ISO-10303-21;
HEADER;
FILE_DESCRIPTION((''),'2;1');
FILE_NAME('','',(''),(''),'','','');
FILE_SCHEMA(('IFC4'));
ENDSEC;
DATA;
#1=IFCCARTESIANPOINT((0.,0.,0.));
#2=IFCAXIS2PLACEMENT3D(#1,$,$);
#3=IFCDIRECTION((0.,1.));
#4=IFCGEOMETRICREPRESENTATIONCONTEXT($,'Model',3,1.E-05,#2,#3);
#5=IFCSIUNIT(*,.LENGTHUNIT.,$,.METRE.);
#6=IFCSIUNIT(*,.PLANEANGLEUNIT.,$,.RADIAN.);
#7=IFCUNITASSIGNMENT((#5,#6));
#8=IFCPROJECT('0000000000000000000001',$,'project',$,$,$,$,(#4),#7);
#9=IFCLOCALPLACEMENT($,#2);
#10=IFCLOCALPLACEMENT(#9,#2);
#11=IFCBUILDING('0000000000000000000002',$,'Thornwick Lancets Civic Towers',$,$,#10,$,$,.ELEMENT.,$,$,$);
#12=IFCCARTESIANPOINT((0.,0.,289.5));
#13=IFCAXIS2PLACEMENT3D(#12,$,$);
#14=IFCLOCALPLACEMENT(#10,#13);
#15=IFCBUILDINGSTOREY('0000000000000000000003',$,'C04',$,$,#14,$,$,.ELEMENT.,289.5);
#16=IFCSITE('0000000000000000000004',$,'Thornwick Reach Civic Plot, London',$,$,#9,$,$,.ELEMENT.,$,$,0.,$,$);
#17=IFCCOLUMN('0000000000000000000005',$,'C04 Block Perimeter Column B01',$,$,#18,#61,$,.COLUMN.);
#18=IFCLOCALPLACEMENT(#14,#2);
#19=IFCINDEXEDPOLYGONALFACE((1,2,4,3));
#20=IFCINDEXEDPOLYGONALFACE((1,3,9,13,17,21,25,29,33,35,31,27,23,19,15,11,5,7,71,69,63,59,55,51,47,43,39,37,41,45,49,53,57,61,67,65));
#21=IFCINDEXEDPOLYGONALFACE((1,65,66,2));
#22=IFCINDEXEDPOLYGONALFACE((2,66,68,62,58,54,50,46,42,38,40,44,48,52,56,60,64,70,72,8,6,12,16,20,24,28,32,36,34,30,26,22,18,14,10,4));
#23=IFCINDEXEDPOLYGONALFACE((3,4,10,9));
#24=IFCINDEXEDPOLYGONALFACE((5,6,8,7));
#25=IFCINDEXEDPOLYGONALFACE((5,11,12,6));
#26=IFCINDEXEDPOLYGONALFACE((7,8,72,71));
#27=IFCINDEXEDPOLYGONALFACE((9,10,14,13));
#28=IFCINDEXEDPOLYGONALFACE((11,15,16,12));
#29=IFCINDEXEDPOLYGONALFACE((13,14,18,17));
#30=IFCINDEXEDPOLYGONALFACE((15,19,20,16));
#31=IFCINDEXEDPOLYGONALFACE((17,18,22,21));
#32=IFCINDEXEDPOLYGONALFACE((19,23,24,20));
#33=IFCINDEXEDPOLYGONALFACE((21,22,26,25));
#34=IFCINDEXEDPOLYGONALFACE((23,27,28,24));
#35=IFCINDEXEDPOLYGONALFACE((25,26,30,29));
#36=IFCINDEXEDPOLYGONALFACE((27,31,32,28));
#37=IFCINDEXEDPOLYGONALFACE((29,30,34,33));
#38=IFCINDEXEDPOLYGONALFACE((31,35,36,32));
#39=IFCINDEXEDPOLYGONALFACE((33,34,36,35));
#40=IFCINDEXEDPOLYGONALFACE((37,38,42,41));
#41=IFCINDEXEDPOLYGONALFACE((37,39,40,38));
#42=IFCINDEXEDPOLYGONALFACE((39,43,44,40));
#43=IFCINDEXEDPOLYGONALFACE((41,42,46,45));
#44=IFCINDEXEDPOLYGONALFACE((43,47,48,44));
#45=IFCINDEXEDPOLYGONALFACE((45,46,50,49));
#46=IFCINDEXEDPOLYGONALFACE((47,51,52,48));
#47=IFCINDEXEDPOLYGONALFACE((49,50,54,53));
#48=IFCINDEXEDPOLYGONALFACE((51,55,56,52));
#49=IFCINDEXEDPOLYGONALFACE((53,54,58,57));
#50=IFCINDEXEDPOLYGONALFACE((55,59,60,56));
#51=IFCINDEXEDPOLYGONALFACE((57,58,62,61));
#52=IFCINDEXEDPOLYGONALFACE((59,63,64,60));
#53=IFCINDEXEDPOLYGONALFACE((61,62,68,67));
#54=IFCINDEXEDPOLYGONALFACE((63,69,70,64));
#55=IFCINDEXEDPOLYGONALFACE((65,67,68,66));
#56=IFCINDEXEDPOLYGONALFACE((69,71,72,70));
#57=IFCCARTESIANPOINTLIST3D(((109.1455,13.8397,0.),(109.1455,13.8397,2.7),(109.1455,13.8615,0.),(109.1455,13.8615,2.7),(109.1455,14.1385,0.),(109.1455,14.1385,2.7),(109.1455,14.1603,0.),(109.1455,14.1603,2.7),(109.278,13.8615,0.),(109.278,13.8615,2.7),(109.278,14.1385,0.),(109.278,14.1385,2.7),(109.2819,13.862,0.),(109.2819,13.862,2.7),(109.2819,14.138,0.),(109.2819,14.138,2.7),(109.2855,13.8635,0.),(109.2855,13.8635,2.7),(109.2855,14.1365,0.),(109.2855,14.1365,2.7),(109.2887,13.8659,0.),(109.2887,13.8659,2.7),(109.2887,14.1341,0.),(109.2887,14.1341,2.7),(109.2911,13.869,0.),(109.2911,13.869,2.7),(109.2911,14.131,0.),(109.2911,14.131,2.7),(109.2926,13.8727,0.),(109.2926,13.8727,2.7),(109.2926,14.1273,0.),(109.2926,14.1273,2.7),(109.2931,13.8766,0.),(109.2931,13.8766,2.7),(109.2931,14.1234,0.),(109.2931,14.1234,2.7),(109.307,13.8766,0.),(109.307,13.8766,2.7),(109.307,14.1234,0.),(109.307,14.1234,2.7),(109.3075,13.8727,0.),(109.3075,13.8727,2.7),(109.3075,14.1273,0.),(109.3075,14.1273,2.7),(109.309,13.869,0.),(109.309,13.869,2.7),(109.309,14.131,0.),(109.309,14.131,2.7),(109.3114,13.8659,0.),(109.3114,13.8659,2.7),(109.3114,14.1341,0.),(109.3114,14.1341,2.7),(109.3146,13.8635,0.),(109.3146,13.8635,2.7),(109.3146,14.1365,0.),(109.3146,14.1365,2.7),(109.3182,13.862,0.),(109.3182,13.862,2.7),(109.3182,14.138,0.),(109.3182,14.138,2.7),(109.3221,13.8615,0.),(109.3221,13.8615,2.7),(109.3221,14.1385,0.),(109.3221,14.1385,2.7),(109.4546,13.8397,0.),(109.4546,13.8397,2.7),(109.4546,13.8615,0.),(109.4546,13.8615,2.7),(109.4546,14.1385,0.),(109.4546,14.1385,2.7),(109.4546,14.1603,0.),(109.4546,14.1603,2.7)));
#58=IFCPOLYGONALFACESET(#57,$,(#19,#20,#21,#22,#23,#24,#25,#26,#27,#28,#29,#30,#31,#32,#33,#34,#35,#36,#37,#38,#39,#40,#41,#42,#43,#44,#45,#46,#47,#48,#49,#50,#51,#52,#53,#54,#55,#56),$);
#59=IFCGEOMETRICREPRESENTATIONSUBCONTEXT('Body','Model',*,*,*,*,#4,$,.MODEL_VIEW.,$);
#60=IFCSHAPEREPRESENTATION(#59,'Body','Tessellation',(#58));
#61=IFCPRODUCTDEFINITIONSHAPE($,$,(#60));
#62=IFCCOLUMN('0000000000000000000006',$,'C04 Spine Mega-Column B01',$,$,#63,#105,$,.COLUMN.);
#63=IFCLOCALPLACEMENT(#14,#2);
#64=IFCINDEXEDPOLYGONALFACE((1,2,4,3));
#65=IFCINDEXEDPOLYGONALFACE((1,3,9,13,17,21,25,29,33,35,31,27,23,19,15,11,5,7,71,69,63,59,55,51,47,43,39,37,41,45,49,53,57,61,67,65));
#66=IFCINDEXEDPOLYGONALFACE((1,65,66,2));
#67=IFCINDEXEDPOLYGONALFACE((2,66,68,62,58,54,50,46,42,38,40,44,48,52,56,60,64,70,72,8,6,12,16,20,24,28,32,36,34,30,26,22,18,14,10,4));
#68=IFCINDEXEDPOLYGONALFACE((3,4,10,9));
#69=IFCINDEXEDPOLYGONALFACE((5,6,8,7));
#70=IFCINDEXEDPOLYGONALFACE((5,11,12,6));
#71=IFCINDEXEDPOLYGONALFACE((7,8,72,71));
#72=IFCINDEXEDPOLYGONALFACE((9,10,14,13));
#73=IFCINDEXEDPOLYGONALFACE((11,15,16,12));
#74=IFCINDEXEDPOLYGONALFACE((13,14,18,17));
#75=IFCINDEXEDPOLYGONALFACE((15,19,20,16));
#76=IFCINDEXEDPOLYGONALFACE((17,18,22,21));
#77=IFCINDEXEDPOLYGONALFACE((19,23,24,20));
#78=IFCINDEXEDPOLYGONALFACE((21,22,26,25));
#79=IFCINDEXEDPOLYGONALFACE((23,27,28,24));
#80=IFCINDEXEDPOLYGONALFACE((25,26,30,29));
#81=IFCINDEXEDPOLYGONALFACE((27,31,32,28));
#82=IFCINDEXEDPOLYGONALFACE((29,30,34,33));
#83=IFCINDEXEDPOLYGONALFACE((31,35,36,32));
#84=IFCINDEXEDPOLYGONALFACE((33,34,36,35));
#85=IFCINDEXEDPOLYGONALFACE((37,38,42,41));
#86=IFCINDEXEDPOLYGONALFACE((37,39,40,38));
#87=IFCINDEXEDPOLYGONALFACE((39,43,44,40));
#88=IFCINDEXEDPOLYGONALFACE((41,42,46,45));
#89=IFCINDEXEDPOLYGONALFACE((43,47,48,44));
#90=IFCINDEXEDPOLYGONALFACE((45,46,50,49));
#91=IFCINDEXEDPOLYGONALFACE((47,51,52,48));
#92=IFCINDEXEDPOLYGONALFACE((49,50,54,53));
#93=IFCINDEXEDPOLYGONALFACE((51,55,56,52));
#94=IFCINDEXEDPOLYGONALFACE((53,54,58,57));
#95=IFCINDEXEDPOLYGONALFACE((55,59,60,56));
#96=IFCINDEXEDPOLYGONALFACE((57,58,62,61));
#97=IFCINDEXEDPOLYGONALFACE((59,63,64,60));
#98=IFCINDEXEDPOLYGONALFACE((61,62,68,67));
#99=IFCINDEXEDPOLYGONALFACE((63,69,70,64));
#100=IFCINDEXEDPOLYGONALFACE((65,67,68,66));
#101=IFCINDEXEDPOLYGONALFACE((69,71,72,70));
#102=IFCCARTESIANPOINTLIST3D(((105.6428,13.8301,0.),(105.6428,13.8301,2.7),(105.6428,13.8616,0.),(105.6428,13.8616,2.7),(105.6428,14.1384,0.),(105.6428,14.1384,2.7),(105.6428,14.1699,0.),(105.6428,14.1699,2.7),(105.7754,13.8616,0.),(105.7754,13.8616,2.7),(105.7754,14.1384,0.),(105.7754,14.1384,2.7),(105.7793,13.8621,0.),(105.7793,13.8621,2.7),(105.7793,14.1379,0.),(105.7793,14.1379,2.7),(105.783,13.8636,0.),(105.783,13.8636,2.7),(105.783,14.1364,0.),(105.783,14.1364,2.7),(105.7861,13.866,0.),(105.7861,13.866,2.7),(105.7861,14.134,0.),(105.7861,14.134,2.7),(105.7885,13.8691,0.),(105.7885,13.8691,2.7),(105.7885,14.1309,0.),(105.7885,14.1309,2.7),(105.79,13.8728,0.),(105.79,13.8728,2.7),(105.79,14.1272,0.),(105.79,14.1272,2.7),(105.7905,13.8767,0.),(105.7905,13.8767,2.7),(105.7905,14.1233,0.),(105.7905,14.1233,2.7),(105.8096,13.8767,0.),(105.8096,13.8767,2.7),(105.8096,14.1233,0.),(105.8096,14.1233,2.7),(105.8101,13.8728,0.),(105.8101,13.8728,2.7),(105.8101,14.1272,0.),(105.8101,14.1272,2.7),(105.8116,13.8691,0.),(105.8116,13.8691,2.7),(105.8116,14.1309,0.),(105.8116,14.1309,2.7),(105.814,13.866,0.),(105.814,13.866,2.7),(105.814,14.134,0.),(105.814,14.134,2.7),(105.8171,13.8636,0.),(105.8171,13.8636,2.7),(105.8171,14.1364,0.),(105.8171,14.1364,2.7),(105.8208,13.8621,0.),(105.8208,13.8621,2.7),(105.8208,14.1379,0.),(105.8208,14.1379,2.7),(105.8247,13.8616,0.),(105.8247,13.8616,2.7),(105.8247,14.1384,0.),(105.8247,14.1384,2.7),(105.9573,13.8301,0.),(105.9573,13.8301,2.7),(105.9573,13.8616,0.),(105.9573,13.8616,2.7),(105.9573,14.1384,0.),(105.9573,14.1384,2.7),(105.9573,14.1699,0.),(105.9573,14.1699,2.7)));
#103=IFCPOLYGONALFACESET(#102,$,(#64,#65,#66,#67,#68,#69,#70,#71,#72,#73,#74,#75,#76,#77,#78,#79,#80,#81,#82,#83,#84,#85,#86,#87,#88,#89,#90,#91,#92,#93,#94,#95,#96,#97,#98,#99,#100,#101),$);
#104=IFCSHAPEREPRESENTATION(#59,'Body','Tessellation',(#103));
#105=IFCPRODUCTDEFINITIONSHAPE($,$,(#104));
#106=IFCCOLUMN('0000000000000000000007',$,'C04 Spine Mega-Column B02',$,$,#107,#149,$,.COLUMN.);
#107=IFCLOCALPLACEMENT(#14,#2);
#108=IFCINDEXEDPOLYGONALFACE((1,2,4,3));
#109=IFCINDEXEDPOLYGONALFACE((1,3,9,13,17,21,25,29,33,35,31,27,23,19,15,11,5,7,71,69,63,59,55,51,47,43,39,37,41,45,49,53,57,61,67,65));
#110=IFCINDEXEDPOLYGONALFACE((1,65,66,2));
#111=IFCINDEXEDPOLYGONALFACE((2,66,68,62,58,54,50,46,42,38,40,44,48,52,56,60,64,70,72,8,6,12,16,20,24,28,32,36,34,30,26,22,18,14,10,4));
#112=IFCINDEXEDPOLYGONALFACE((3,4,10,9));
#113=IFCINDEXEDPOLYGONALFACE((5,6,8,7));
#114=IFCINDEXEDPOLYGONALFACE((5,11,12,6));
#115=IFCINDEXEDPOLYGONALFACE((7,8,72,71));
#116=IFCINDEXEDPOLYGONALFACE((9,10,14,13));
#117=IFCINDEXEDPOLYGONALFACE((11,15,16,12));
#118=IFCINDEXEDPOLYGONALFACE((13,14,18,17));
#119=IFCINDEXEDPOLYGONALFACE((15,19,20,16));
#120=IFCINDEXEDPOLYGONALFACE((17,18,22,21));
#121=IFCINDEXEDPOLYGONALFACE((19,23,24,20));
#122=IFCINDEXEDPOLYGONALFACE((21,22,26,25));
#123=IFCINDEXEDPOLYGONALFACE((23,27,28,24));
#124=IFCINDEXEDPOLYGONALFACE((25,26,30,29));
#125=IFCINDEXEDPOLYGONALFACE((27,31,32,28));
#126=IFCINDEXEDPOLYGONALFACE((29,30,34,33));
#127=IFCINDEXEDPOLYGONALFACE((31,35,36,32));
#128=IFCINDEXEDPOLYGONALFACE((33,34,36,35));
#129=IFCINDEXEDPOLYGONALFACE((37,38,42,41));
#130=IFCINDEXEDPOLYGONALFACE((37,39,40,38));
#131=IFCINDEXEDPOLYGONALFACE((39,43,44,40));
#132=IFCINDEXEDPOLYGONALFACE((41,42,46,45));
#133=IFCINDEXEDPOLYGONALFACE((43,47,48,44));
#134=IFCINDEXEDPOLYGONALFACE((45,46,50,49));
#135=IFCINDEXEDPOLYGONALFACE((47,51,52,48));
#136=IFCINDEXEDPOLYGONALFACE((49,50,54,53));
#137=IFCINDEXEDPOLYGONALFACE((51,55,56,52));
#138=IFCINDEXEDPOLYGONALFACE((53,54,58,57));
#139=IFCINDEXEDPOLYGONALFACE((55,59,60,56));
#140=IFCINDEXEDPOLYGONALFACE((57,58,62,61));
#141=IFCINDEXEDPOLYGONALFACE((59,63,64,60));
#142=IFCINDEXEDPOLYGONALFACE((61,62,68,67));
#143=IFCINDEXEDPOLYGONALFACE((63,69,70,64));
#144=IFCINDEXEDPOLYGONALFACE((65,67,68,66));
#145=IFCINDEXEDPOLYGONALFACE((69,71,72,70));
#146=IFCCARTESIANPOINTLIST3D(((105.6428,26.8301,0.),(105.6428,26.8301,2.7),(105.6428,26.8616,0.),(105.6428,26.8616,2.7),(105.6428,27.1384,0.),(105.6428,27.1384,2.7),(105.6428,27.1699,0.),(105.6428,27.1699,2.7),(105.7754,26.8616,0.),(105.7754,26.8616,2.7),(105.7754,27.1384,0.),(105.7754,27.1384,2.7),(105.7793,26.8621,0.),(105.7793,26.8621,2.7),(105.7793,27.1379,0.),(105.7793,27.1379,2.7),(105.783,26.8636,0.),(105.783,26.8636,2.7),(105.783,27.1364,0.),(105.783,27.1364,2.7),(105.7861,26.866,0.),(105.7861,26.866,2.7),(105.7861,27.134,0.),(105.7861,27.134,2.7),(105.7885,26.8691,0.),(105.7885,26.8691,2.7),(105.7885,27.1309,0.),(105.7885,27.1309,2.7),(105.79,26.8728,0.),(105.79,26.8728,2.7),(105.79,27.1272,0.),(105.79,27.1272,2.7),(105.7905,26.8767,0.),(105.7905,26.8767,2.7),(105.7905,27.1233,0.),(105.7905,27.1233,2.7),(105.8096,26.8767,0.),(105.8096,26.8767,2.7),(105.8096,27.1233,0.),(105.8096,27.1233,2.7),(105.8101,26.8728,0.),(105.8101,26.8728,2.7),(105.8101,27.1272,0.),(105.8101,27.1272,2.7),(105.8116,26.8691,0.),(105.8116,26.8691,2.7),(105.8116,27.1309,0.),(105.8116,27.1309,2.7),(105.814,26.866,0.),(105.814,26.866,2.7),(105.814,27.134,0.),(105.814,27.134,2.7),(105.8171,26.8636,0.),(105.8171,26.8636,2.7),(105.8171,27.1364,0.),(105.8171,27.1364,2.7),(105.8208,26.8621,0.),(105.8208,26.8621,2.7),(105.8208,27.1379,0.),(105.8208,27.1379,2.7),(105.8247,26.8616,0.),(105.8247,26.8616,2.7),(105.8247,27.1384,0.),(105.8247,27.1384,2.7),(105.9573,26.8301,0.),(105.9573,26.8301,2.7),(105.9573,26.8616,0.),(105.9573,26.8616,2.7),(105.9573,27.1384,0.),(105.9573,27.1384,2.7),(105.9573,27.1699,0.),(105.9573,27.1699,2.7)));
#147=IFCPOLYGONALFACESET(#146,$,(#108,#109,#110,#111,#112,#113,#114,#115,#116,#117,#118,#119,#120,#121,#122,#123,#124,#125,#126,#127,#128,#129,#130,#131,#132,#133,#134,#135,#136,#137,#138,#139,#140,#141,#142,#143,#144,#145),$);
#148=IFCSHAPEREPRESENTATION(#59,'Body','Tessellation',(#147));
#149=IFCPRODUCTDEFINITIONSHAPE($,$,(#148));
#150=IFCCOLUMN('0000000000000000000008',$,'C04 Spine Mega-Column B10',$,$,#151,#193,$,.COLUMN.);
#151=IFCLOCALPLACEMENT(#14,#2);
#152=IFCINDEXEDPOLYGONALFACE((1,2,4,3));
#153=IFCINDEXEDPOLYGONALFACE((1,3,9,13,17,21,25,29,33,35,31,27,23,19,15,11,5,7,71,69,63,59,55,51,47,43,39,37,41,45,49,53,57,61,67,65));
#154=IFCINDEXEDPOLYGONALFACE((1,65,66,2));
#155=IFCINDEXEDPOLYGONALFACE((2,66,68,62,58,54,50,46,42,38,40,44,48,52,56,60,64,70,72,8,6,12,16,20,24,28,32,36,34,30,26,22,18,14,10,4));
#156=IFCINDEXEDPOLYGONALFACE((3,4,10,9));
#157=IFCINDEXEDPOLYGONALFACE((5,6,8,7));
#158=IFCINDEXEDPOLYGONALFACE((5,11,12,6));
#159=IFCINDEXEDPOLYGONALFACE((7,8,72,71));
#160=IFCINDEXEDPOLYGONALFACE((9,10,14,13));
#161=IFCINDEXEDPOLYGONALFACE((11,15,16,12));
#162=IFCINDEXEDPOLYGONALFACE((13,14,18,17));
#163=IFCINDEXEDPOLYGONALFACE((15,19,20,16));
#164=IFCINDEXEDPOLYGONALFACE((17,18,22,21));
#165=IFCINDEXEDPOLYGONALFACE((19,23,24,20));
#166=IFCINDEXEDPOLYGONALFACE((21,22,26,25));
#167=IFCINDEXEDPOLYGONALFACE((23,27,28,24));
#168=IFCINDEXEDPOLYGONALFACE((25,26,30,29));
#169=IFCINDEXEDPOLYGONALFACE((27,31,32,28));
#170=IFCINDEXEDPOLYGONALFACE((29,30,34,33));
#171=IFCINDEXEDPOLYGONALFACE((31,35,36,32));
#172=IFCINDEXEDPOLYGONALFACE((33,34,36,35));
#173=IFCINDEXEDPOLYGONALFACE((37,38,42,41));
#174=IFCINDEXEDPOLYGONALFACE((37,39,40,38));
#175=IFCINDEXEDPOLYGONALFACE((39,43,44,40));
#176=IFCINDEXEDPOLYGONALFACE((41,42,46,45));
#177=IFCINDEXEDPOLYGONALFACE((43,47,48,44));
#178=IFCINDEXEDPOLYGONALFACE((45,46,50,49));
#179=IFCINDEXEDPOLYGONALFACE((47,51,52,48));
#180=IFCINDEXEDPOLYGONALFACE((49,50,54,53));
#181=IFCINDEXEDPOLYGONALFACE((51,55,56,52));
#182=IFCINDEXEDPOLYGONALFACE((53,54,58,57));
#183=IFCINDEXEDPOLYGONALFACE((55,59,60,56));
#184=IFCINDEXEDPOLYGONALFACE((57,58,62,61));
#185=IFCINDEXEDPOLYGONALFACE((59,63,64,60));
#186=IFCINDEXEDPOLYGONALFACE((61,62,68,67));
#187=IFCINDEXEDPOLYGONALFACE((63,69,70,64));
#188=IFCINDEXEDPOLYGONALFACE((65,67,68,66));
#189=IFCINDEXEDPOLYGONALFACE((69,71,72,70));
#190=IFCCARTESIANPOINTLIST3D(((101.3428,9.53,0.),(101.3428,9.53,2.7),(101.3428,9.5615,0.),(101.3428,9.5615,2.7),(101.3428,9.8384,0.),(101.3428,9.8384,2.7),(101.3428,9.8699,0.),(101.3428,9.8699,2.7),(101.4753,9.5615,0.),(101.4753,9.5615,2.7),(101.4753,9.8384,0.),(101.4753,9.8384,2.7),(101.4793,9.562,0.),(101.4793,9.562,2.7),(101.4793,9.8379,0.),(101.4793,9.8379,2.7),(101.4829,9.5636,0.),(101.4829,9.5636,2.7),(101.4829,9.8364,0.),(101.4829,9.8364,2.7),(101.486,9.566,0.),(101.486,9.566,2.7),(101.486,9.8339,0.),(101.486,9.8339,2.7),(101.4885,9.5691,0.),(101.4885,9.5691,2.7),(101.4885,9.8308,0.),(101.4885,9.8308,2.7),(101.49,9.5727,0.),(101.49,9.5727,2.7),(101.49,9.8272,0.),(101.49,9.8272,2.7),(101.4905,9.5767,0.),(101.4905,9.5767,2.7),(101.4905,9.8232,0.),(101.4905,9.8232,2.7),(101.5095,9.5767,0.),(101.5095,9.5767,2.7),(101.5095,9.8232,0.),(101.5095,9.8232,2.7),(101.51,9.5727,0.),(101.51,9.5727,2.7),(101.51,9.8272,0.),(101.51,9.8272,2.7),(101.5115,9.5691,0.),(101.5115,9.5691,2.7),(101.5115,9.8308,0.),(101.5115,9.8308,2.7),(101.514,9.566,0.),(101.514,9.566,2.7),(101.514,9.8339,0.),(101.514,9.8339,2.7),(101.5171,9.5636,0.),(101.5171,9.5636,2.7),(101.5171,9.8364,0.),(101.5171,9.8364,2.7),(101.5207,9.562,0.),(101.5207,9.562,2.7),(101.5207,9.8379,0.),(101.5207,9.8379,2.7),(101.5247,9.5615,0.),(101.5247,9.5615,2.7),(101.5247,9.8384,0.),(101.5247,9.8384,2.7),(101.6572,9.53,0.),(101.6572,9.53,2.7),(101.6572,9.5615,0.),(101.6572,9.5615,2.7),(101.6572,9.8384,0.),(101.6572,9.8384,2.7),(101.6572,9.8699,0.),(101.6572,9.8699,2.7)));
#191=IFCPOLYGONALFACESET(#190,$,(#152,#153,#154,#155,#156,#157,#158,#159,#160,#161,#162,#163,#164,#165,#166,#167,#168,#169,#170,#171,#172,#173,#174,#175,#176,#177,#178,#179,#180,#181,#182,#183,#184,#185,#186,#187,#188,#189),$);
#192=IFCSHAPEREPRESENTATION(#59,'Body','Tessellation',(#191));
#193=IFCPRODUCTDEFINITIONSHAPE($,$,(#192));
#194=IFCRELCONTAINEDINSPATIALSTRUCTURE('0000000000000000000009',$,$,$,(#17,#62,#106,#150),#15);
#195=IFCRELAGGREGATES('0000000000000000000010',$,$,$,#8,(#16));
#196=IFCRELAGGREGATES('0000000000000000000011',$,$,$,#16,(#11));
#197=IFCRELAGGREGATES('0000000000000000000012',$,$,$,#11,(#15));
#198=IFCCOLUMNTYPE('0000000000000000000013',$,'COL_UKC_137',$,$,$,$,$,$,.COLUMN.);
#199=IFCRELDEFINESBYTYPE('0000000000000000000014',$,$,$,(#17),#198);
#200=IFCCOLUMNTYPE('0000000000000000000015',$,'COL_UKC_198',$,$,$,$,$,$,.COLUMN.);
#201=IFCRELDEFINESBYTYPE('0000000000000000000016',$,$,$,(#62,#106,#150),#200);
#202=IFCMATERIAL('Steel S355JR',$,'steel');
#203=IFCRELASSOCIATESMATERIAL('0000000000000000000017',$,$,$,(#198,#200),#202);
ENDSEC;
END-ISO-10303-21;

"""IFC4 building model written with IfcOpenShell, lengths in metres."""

from ifc_helpers import new_model, si_unit, direction, frame, origin, origin_2d, place, context, subcontext, project, spatial, i_section, extrude, material, material_profile, profile_set, type_object, element, save


model = new_model("IFC4")

# Units and contexts
model_context = context("Model", 3, precision=1e-05, world=origin(), true_north=direction((0.0, 1.0)))
body_context = subcontext(model_context, "Body", "Model", "MODEL_VIEW")
ifc_project = project(units=[si_unit("LENGTHUNIT", "METRE"), si_unit("PLANEANGLEUNIT", "RADIAN")], contexts=[model_context])

# Site, building, storey
site_placement = place(None, origin())
site = spatial("IfcSite", under=ifc_project, at=site_placement, Name="Thornwick Reach Civic Plot, London", CompositionType="ELEMENT", RefElevation=0.0)
building_placement = place(site_placement, origin())
building = spatial("IfcBuilding", under=site, at=building_placement, Name="Thornwick Lancets Civic Towers", CompositionType="ELEMENT")
storey_placement = place(building_placement, frame((0.0, 0.0, 289.5)))
storey = spatial("IfcBuildingStorey", under=building, at=storey_placement, Name="C04", CompositionType="ELEMENT", Elevation=289.5)

# Columns
ifc_material_1 = material(Name="Steel S355JR", Category="steel")
ifc_material_profile_1 = material_profile(ifc_material_1, i_section(OverallWidth=0.3091, OverallDepth=0.3206, WebThickness=0.0139, FlangeThickness=0.0217, FilletRadius=0.0151, at=origin_2d()), Name="UKC 305x305x137")
ifc_profile_set_1 = profile_set([ifc_material_profile_1], Name="Steel S355JR")
column_type_1 = type_object("IfcColumnType", Name="COL_UKC_137", PredefinedType="COLUMN", material=ifc_profile_set_1)
column_placement = place(storey_placement, frame((109.3, 14.0, 0.0), z_axis=(0.0, 0.0, 1.0), x_axis=(1.0, 0.0, 0.0)))
element("IfcColumn", 1, at=column_placement, inside=storey, type_object=column_type_1, Name="C04 Block Perimeter Column B01", PredefinedType="COLUMN", context=body_context, shape_type="SweptSolid", body=[
    extrude(i_section(OverallWidth=0.3091, OverallDepth=0.3206, WebThickness=0.0139, FlangeThickness=0.0217, FilletRadius=0.0151, at=origin_2d()), origin(), (0.0, 0.0, 1.0), 2.7),
])
ifc_material_profile_2 = material_profile(ifc_material_1, i_section(OverallWidth=0.3145, OverallDepth=0.3398, WebThickness=0.019, FlangeThickness=0.0315, FilletRadius=0.0151, at=origin_2d()), Name="UKC 305x305x198")
ifc_profile_set_2 = profile_set([ifc_material_profile_2], Name="Steel S355JR")
column_type_2 = type_object("IfcColumnType", Name="COL_UKC_198", PredefinedType="COLUMN", material=ifc_profile_set_2)
for number, where, z_axis, x_axis, name in (
    (2, (105.8, 14.0, 0.0), (0.0, 0.0, 1.0), (1.0, 0.0, 0.0), "C04 Spine Mega-Column B01"),
    (3, (105.8, 27.0, 0.0), (0.0, 0.0, 1.0), (1.0, 0.0, 0.0), "C04 Spine Mega-Column B02"),
    (4, (101.5, 9.7, 0.0), (0.0, 0.0, 1.0), (1.0, 0.0, 0.0), "C04 Spine Mega-Column B10"),
):
    element("IfcColumn", number, at=place(storey_placement, frame(where, z_axis=z_axis, x_axis=x_axis)), inside=storey, type_object=column_type_2, Name=name, PredefinedType="COLUMN", context=body_context, shape_type="SweptSolid", body=[
        extrude(i_section(OverallWidth=0.3145, OverallDepth=0.3398, WebThickness=0.019, FlangeThickness=0.0315, FilletRadius=0.0151, at=origin_2d()), origin(), (0.0, 0.0, 1.0), 2.7),
    ])

save(model, "model.ifc")
